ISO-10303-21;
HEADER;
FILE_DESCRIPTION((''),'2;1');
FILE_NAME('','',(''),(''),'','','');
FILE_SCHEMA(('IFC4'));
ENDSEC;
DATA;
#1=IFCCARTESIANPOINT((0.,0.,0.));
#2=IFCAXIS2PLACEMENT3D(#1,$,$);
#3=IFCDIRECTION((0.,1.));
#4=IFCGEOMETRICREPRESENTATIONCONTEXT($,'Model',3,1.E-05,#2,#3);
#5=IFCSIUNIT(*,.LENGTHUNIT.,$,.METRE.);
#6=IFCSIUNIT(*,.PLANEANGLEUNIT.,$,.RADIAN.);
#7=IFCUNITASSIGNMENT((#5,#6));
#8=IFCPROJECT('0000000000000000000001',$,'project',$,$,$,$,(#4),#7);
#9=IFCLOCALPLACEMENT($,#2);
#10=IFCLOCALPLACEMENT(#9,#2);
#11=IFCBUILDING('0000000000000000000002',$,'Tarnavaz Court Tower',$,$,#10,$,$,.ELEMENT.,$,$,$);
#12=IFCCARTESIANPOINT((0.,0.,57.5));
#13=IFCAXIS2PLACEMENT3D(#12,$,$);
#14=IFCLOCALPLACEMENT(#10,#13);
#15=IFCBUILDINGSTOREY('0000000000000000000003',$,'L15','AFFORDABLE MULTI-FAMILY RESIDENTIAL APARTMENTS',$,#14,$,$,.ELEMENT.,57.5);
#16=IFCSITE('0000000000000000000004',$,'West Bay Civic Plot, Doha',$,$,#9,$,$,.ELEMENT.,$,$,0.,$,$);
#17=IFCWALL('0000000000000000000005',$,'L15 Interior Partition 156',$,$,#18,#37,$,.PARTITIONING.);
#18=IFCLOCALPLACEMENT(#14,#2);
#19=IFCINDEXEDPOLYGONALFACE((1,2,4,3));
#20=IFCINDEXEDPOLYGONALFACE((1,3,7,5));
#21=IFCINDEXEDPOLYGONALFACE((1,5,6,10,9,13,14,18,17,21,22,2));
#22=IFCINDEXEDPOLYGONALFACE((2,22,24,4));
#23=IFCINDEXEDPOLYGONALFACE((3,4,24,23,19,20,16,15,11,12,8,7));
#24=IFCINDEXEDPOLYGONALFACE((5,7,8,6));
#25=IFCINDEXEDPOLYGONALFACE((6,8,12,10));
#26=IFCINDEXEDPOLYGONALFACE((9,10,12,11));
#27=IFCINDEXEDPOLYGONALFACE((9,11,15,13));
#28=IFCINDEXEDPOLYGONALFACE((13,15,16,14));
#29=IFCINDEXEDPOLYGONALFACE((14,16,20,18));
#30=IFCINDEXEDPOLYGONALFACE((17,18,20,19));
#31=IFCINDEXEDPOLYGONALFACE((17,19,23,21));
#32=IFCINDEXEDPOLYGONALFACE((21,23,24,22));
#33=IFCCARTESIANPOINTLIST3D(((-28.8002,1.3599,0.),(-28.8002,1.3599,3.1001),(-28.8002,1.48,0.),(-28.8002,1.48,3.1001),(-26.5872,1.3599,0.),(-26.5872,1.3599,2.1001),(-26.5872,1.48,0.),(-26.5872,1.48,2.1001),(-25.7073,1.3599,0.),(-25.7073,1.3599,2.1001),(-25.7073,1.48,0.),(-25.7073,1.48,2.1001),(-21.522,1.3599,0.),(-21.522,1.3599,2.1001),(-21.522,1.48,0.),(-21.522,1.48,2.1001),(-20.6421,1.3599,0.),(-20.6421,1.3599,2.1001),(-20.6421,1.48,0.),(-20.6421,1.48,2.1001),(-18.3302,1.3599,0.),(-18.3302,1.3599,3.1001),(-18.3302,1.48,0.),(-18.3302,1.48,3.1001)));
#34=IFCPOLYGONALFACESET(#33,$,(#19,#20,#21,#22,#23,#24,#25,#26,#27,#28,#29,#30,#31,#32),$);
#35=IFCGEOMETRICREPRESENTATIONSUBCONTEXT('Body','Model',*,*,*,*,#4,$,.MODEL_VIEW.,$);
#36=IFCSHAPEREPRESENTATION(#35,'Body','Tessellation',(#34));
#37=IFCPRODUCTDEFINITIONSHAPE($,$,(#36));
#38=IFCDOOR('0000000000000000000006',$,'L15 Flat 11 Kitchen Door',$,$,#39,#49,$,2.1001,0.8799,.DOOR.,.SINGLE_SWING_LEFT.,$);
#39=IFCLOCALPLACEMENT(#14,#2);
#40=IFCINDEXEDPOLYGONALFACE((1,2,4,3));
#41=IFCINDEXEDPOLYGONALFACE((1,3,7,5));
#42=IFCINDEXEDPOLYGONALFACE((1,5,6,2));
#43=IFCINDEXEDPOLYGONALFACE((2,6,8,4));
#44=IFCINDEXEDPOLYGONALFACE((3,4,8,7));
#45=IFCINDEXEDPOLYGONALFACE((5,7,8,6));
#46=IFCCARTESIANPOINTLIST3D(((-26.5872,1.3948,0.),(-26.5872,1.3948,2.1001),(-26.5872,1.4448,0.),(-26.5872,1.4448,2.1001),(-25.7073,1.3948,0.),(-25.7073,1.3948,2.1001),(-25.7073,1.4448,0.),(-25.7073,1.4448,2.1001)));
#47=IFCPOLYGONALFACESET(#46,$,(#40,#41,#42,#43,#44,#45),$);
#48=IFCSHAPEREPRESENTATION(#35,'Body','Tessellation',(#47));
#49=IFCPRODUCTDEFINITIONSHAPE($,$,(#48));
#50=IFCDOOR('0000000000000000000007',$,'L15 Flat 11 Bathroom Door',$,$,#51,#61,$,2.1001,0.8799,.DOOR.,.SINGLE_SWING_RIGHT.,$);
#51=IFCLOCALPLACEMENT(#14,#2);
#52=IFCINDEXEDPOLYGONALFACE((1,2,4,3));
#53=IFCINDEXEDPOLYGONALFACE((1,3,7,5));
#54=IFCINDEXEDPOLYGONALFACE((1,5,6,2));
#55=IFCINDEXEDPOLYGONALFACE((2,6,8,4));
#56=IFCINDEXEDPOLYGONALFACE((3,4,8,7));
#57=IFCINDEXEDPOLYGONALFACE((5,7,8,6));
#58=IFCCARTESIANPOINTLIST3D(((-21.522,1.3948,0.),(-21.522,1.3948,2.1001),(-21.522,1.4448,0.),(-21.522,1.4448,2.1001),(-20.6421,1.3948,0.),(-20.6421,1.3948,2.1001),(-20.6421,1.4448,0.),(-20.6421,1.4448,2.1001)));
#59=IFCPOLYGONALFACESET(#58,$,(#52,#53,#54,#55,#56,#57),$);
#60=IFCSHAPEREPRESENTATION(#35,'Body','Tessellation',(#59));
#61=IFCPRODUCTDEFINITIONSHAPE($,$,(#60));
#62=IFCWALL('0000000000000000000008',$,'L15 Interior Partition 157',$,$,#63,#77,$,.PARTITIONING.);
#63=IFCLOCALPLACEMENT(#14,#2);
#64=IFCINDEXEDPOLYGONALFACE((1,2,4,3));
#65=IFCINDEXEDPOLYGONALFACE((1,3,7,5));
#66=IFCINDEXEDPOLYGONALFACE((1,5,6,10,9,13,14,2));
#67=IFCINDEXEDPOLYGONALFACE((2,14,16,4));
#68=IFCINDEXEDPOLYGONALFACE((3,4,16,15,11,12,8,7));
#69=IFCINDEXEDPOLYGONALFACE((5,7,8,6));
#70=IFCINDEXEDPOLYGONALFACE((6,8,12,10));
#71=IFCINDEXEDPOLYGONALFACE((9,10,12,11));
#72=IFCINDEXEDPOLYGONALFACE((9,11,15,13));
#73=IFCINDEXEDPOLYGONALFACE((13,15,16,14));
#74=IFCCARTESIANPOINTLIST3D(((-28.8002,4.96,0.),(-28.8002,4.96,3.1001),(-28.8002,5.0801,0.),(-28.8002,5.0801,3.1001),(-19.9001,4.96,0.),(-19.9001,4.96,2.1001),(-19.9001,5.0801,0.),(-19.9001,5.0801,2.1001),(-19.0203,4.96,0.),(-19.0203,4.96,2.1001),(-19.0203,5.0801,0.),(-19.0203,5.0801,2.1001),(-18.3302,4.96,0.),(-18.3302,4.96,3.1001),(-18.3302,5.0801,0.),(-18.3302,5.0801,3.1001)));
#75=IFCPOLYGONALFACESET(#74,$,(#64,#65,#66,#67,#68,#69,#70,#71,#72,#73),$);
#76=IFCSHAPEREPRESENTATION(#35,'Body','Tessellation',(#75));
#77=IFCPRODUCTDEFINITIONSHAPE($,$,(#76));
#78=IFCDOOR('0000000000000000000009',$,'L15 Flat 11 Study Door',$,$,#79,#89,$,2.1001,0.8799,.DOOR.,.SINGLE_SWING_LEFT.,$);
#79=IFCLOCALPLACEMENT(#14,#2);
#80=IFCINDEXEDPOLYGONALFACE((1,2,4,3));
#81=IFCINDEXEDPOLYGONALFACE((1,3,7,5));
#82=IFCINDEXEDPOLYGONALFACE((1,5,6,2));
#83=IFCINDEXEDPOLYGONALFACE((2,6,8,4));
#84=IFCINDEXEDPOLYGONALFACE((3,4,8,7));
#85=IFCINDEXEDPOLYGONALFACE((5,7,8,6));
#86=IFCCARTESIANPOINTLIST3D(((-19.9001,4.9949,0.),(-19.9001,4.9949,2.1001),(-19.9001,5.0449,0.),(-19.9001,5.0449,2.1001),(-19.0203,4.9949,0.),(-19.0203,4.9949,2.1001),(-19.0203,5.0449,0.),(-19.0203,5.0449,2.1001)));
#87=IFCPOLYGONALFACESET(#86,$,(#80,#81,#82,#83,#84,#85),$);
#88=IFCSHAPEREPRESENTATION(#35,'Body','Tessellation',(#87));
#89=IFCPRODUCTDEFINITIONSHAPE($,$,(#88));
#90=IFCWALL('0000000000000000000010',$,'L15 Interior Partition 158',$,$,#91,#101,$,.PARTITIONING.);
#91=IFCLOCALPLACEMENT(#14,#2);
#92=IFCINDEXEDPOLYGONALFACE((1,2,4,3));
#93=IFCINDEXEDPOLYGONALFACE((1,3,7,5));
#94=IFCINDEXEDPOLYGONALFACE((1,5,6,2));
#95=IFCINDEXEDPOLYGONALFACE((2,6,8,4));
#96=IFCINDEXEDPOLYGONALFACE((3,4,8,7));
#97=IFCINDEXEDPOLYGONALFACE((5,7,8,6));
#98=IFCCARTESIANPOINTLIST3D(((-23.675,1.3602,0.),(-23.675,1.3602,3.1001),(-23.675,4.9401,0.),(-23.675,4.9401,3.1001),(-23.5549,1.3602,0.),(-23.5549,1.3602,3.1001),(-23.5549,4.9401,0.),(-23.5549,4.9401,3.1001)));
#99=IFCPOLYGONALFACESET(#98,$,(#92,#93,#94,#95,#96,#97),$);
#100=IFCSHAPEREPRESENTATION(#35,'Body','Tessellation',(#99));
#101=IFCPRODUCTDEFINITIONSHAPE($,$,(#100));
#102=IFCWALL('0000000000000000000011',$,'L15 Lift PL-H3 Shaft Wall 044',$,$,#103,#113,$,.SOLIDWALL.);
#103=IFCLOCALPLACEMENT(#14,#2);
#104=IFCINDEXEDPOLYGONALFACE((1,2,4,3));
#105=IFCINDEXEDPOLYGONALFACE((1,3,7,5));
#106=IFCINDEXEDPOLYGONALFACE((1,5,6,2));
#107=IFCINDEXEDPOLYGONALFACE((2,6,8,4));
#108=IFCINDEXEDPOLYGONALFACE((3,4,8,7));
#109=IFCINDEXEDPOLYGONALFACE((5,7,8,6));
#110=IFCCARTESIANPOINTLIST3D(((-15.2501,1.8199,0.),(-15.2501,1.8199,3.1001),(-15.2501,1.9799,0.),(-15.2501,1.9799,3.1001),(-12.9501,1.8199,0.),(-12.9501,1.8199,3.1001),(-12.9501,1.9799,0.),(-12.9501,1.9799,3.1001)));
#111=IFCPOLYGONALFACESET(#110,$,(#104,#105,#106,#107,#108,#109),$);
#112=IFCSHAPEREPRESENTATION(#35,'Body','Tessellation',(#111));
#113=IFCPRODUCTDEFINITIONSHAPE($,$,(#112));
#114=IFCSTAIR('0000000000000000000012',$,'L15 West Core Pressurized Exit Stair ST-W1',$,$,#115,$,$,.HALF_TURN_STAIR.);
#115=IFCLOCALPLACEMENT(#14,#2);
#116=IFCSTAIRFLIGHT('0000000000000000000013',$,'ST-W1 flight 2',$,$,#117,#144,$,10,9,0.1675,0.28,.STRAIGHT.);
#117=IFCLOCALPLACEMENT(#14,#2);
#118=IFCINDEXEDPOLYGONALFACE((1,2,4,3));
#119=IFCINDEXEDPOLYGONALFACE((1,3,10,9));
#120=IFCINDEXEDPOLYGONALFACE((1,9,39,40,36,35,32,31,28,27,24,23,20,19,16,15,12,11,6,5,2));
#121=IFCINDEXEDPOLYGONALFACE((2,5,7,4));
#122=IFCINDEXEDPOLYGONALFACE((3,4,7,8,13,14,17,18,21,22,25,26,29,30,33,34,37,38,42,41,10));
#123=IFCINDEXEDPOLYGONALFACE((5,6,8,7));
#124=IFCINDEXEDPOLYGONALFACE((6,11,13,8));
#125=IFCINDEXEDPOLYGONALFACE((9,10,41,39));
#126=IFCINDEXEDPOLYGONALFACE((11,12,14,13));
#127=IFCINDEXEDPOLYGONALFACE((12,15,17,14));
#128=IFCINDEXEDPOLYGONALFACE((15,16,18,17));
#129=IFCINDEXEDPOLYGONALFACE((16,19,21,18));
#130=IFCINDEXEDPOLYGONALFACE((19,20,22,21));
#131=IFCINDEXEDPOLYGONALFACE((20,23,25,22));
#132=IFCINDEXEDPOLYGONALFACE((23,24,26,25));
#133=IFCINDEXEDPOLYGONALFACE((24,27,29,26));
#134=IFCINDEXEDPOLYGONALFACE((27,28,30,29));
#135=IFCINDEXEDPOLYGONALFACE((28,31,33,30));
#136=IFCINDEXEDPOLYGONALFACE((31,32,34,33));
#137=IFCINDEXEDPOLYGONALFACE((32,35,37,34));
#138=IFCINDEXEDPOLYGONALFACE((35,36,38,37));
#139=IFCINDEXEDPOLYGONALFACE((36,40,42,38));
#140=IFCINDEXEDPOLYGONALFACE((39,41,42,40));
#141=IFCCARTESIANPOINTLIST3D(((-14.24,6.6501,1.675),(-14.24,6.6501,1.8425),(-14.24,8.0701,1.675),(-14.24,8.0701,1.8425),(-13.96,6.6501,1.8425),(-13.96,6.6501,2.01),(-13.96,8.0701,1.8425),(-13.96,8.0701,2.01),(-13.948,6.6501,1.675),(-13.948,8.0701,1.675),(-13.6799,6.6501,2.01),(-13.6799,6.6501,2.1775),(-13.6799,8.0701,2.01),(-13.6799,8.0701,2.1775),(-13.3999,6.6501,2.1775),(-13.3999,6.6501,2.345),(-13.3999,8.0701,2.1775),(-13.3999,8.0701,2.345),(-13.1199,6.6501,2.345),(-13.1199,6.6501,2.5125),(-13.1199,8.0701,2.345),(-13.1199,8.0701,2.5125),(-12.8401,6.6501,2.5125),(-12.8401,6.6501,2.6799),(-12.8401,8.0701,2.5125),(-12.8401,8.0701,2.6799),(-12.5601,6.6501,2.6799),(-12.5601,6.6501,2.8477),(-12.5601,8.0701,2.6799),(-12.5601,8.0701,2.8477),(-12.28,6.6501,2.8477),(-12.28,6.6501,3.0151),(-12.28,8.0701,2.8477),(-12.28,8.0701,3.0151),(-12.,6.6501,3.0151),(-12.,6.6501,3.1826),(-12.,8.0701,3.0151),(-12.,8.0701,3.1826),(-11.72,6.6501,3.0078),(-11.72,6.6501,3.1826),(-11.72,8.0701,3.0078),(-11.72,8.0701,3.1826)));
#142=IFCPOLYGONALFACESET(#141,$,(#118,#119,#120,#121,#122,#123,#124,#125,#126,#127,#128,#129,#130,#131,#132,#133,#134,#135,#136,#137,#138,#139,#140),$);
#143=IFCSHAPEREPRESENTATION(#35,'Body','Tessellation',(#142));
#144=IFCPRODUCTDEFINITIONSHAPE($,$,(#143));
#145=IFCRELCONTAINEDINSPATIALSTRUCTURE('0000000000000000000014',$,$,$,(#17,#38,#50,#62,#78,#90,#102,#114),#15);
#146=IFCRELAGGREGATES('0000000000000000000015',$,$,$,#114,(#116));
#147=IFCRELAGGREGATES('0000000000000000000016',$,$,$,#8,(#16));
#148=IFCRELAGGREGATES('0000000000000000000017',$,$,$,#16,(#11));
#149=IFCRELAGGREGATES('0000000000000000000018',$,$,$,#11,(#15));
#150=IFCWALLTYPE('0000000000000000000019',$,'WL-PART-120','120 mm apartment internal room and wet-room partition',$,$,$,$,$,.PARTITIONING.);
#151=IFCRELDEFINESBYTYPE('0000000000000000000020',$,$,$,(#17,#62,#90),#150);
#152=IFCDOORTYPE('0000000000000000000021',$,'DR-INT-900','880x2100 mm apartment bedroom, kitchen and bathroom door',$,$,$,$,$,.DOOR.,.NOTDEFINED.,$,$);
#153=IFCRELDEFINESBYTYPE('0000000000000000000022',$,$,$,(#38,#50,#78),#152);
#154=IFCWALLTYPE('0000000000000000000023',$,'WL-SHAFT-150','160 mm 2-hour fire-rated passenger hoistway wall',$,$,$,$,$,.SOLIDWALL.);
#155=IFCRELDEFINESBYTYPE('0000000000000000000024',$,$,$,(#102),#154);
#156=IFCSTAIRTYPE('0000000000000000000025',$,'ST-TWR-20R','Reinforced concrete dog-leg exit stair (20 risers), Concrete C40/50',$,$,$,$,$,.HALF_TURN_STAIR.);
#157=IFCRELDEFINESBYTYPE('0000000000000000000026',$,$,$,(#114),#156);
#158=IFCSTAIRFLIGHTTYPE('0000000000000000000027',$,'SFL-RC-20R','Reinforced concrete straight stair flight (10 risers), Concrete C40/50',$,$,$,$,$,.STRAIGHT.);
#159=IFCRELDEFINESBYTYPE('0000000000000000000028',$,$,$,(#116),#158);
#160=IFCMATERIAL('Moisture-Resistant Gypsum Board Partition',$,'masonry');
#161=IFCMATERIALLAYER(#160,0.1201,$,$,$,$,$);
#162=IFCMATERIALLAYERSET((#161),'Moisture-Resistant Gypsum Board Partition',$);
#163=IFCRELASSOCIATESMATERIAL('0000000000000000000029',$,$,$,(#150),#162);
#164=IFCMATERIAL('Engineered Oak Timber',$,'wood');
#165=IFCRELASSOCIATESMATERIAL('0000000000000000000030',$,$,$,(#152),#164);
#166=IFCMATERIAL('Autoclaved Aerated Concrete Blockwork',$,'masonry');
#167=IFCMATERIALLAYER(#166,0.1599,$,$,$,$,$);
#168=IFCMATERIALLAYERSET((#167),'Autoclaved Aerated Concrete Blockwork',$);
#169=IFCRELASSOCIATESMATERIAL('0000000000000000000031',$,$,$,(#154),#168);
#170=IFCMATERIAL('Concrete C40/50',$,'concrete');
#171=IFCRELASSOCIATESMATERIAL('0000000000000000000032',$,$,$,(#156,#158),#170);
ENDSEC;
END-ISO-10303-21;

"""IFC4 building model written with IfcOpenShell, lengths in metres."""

from ifc_helpers import new_model, si_unit, direction, frame, frame_2d, origin, place, context, subcontext, project, spatial, polyline, rectangle, outline, extrude, material, layer, layer_set, type_object, element, fill, aggregate, save


model = new_model("IFC4")

# Units and contexts
model_context = context("Model", 3, precision=1e-05, world=origin(), true_north=direction((0.0, 1.0)))
body_context = subcontext(model_context, "Body", "Model", "MODEL_VIEW")
ifc_project = project(units=[si_unit("LENGTHUNIT", "METRE"), si_unit("PLANEANGLEUNIT", "RADIAN")], contexts=[model_context])

# Site, building, storey
site_placement = place(None, origin())
site = spatial("IfcSite", under=ifc_project, at=site_placement, Name="West Bay Civic Plot, Doha", CompositionType="ELEMENT", RefElevation=0.0)
building_placement = place(site_placement, origin())
building = spatial("IfcBuilding", under=site, at=building_placement, Name="Tarnavaz Court Tower", CompositionType="ELEMENT")
storey_placement = place(building_placement, frame((0.0, 0.0, 57.5)))
storey = spatial("IfcBuildingStorey", under=building, at=storey_placement, Name="L15", Description="AFFORDABLE MULTI-FAMILY RESIDENTIAL APARTMENTS", CompositionType="ELEMENT", Elevation=57.5)

# Shared definitions
ifc_material_1 = material(Name="Autoclaved Aerated Concrete Blockwork", Category="masonry")

# Wall, openings, doors
ifc_material_2 = material(Name="Moisture-Resistant Gypsum Board Partition", Category="masonry")
ifc_layer_1 = layer(ifc_material_2, 0.1201)
ifc_layer_set_1 = layer_set([ifc_layer_1], Name="Moisture-Resistant Gypsum Board Partition")
wall_type_1 = type_object("IfcWallType", Name="WL-PART-120", Description="120 mm apartment internal room and wet-room partition", PredefinedType="PARTITIONING", material=ifc_layer_set_1)
wall_1_placement = place(storey_placement, frame((-28.8, 1.4199, 0.0), z_axis=(0.0, 0.0, 1.0), x_axis=(1.0, 0.0, 0.0)))
wall_1 = element("IfcWall", 1, at=wall_1_placement, inside=storey, type_object=wall_type_1, Name="L15 Interior Partition 156", PredefinedType="PARTITIONING", context=body_context, shape_type="SweptSolid", body=[
    extrude(rectangle(XDim=10.47, YDim=0.1201, at=frame_2d((5.2349, 0.0))), origin(), (0.0, 0.0, 1.0), 3.1001),
])
opening_1_placement = place(wall_1_placement, frame((2.2129, 0.0, 0.0)))
opening_1 = element("IfcOpeningElement", 2, at=opening_1_placement, cuts=wall_1, PredefinedType="OPENING", context=body_context, shape_type="SweptSolid", body=[
    extrude(rectangle(XDim=0.8799, YDim=2.1001, at=frame_2d((0.4399, 1.05))), frame((0.0, 0.0701, 0.0), z_axis=(0.0, -1.0, 0.0), x_axis=(1.0, 0.0, 0.0)), (0.0, 0.0, 1.0), 0.1401),
])
opening_2_placement = place(wall_1_placement, frame((7.2781, 0.0, 0.0)))
opening_2 = element("IfcOpeningElement", 3, at=opening_2_placement, cuts=wall_1, PredefinedType="OPENING", context=body_context, shape_type="SweptSolid", body=[
    extrude(rectangle(XDim=0.8799, YDim=2.1001, at=frame_2d((0.4399, 1.05))), frame((0.0, 0.0701, 0.0), z_axis=(0.0, -1.0, 0.0), x_axis=(1.0, 0.0, 0.0)), (0.0, 0.0, 1.0), 0.1401),
])
ifc_material_3 = material(Name="Engineered Oak Timber", Category="wood")
door_type_1 = type_object("IfcDoorType", Name="DR-INT-900", Description="880x2100 mm apartment bedroom, kitchen and bathroom door", OperationType="NOTDEFINED", PredefinedType="DOOR", material=ifc_material_3)
door_1_placement = place(opening_1_placement, origin())
door_1 = element("IfcDoor", 4, at=door_1_placement, inside=storey, type_object=door_type_1, Name="L15 Flat 11 Kitchen Door", OperationType="SINGLE_SWING_LEFT", OverallHeight=2.1001, OverallWidth=0.8799, PredefinedType="DOOR", context=body_context, shape_type="SweptSolid", body=[
    extrude(rectangle(XDim=0.8799, YDim=2.1001, at=frame_2d((0.4399, 1.05))), frame((0.0, 0.0249, 0.0), z_axis=(0.0, -1.0, 0.0), x_axis=(1.0, 0.0, 0.0)), (0.0, 0.0, 1.0), 0.05),
])
fill(opening_1, door_1)
door_2_placement = place(opening_2_placement, origin())
door_2 = element("IfcDoor", 5, at=door_2_placement, inside=storey, type_object=door_type_1, Name="L15 Flat 11 Bathroom Door", OperationType="SINGLE_SWING_RIGHT", OverallHeight=2.1001, OverallWidth=0.8799, PredefinedType="DOOR", context=body_context, shape_type="SweptSolid", body=[
    extrude(rectangle(XDim=0.8799, YDim=2.1001, at=frame_2d((0.4399, 1.05))), frame((0.0, 0.0249, 0.0), z_axis=(0.0, -1.0, 0.0), x_axis=(1.0, 0.0, 0.0)), (0.0, 0.0, 1.0), 0.05),
])
fill(opening_2, door_2)

# Wall, opening, door
wall_2_placement = place(storey_placement, frame((-28.8, 5.02, 0.0), z_axis=(0.0, 0.0, 1.0), x_axis=(1.0, 0.0, 0.0)))
wall_2 = element("IfcWall", 6, at=wall_2_placement, inside=storey, type_object=wall_type_1, Name="L15 Interior Partition 157", PredefinedType="PARTITIONING", context=body_context, shape_type="SweptSolid", body=[
    extrude(rectangle(XDim=10.47, YDim=0.1201, at=frame_2d((5.2349, 0.0))), origin(), (0.0, 0.0, 1.0), 3.1001),
])
opening_3_placement = place(wall_2_placement, frame((8.8999, 0.0, 0.0)))
opening_3 = element("IfcOpeningElement", 7, at=opening_3_placement, cuts=wall_2, PredefinedType="OPENING", context=body_context, shape_type="SweptSolid", body=[
    extrude(rectangle(XDim=0.8799, YDim=2.1001, at=frame_2d((0.4399, 1.05))), frame((0.0, 0.0701, 0.0), z_axis=(0.0, -1.0, 0.0), x_axis=(1.0, 0.0, 0.0)), (0.0, 0.0, 1.0), 0.1401),
])
door_3_placement = place(opening_3_placement, origin())
door_3 = element("IfcDoor", 8, at=door_3_placement, inside=storey, type_object=door_type_1, Name="L15 Flat 11 Study Door", OperationType="SINGLE_SWING_LEFT", OverallHeight=2.1001, OverallWidth=0.8799, PredefinedType="DOOR", context=body_context, shape_type="SweptSolid", body=[
    extrude(rectangle(XDim=0.8799, YDim=2.1001, at=frame_2d((0.4399, 1.05))), frame((0.0, 0.0249, 0.0), z_axis=(0.0, -1.0, 0.0), x_axis=(1.0, 0.0, 0.0)), (0.0, 0.0, 1.0), 0.05),
])
fill(opening_3, door_3)

# Walls
wall_3_placement = place(storey_placement, frame((-23.615, 1.3601, 0.0), z_axis=(0.0, 0.0, 1.0), x_axis=(0.0, 1.0, 0.0)))
element("IfcWall", 9, at=wall_3_placement, inside=storey, type_object=wall_type_1, Name="L15 Interior Partition 158", PredefinedType="PARTITIONING", context=body_context, shape_type="SweptSolid", body=[
    extrude(rectangle(XDim=3.5798, YDim=0.1201, at=frame_2d((1.79, 0.0))), origin(), (0.0, 0.0, 1.0), 3.1001),
])
ifc_layer_2 = layer(ifc_material_1, 0.1599)
ifc_layer_set_2 = layer_set([ifc_layer_2], Name="Autoclaved Aerated Concrete Blockwork")
wall_type_2 = type_object("IfcWallType", Name="WL-SHAFT-150", Description="160 mm 2-hour fire-rated passenger hoistway wall", PredefinedType="SOLIDWALL", material=ifc_layer_set_2)
wall_4_placement = place(storey_placement, frame((-15.25, 1.8999, 0.0), z_axis=(0.0, 0.0, 1.0), x_axis=(1.0, 0.0, 0.0)))
element("IfcWall", 10, at=wall_4_placement, inside=storey, type_object=wall_type_2, Name="L15 Lift PL-H3 Shaft Wall 044", PredefinedType="SOLIDWALL", context=body_context, shape_type="SweptSolid", body=[
    extrude(rectangle(XDim=2.3, YDim=0.1599, at=frame_2d((1.1499, 0.0))), origin(), (0.0, 0.0, 1.0), 3.1001),
])

# Stair, stair flight
ifc_material_4 = material(Name="Concrete C40/50", Category="concrete")
stair_type = type_object("IfcStairType", Name="ST-TWR-20R", Description="Reinforced concrete dog-leg exit stair (20 risers), Concrete C40/50", PredefinedType="HALF_TURN_STAIR", material=ifc_material_4)
stair_placement = place(storey_placement, origin())
stair = element("IfcStair", 11, at=stair_placement, inside=storey, type_object=stair_type, Name="L15 West Core Pressurized Exit Stair ST-W1", PredefinedType="HALF_TURN_STAIR")
stair_flight_type = type_object("IfcStairFlightType", Name="SFL-RC-20R", Description="Reinforced concrete straight stair flight (10 risers), Concrete C40/50", PredefinedType="STRAIGHT", material=ifc_material_4)
stair_flight_placement = place(storey_placement, frame((-14.24, 7.3601, 1.675), z_axis=(0.0, 0.0, 1.0), x_axis=(1.0, 0.0, 0.0)))
stair_flight = element("IfcStairFlight", 12, at=stair_flight_placement, type_object=stair_flight_type, Name="ST-W1 flight 2", NumberOfRisers=10, NumberOfTreads=9, PredefinedType="STRAIGHT", RiserHeight=0.1675, TreadLength=0.28, context=body_context, shape_type="SweptSolid", body=[
    extrude(outline(polyline([(0.0, 0.0), (0.0, 0.1675), (0.28, 0.1675), (0.28, 0.335), (0.5601, 0.335), (0.5601, 0.5024), (0.8401, 0.5024), (0.8401, 0.6699), (1.1201, 0.6699), (1.1201, 0.8374), (1.3999, 0.8374), (1.3999, 1.0049), (1.6799, 1.0049), (1.6799, 1.1726), (1.96, 1.1726), (1.96, 1.3401), (2.24, 1.3401), (2.24, 1.5076), (2.52, 1.5076), (2.52, 1.675), (2.52, 1.3328), (0.292, 0.0), (0.0, 0.0)])), frame((0.0, 0.71, 0.0), z_axis=(0.0, -1.0, 0.0), x_axis=(1.0, 0.0, 0.0)), (0.0, 0.0, 1.0), 1.4199),
])
aggregate(stair, [stair_flight])

save(model, "model.ifc")
